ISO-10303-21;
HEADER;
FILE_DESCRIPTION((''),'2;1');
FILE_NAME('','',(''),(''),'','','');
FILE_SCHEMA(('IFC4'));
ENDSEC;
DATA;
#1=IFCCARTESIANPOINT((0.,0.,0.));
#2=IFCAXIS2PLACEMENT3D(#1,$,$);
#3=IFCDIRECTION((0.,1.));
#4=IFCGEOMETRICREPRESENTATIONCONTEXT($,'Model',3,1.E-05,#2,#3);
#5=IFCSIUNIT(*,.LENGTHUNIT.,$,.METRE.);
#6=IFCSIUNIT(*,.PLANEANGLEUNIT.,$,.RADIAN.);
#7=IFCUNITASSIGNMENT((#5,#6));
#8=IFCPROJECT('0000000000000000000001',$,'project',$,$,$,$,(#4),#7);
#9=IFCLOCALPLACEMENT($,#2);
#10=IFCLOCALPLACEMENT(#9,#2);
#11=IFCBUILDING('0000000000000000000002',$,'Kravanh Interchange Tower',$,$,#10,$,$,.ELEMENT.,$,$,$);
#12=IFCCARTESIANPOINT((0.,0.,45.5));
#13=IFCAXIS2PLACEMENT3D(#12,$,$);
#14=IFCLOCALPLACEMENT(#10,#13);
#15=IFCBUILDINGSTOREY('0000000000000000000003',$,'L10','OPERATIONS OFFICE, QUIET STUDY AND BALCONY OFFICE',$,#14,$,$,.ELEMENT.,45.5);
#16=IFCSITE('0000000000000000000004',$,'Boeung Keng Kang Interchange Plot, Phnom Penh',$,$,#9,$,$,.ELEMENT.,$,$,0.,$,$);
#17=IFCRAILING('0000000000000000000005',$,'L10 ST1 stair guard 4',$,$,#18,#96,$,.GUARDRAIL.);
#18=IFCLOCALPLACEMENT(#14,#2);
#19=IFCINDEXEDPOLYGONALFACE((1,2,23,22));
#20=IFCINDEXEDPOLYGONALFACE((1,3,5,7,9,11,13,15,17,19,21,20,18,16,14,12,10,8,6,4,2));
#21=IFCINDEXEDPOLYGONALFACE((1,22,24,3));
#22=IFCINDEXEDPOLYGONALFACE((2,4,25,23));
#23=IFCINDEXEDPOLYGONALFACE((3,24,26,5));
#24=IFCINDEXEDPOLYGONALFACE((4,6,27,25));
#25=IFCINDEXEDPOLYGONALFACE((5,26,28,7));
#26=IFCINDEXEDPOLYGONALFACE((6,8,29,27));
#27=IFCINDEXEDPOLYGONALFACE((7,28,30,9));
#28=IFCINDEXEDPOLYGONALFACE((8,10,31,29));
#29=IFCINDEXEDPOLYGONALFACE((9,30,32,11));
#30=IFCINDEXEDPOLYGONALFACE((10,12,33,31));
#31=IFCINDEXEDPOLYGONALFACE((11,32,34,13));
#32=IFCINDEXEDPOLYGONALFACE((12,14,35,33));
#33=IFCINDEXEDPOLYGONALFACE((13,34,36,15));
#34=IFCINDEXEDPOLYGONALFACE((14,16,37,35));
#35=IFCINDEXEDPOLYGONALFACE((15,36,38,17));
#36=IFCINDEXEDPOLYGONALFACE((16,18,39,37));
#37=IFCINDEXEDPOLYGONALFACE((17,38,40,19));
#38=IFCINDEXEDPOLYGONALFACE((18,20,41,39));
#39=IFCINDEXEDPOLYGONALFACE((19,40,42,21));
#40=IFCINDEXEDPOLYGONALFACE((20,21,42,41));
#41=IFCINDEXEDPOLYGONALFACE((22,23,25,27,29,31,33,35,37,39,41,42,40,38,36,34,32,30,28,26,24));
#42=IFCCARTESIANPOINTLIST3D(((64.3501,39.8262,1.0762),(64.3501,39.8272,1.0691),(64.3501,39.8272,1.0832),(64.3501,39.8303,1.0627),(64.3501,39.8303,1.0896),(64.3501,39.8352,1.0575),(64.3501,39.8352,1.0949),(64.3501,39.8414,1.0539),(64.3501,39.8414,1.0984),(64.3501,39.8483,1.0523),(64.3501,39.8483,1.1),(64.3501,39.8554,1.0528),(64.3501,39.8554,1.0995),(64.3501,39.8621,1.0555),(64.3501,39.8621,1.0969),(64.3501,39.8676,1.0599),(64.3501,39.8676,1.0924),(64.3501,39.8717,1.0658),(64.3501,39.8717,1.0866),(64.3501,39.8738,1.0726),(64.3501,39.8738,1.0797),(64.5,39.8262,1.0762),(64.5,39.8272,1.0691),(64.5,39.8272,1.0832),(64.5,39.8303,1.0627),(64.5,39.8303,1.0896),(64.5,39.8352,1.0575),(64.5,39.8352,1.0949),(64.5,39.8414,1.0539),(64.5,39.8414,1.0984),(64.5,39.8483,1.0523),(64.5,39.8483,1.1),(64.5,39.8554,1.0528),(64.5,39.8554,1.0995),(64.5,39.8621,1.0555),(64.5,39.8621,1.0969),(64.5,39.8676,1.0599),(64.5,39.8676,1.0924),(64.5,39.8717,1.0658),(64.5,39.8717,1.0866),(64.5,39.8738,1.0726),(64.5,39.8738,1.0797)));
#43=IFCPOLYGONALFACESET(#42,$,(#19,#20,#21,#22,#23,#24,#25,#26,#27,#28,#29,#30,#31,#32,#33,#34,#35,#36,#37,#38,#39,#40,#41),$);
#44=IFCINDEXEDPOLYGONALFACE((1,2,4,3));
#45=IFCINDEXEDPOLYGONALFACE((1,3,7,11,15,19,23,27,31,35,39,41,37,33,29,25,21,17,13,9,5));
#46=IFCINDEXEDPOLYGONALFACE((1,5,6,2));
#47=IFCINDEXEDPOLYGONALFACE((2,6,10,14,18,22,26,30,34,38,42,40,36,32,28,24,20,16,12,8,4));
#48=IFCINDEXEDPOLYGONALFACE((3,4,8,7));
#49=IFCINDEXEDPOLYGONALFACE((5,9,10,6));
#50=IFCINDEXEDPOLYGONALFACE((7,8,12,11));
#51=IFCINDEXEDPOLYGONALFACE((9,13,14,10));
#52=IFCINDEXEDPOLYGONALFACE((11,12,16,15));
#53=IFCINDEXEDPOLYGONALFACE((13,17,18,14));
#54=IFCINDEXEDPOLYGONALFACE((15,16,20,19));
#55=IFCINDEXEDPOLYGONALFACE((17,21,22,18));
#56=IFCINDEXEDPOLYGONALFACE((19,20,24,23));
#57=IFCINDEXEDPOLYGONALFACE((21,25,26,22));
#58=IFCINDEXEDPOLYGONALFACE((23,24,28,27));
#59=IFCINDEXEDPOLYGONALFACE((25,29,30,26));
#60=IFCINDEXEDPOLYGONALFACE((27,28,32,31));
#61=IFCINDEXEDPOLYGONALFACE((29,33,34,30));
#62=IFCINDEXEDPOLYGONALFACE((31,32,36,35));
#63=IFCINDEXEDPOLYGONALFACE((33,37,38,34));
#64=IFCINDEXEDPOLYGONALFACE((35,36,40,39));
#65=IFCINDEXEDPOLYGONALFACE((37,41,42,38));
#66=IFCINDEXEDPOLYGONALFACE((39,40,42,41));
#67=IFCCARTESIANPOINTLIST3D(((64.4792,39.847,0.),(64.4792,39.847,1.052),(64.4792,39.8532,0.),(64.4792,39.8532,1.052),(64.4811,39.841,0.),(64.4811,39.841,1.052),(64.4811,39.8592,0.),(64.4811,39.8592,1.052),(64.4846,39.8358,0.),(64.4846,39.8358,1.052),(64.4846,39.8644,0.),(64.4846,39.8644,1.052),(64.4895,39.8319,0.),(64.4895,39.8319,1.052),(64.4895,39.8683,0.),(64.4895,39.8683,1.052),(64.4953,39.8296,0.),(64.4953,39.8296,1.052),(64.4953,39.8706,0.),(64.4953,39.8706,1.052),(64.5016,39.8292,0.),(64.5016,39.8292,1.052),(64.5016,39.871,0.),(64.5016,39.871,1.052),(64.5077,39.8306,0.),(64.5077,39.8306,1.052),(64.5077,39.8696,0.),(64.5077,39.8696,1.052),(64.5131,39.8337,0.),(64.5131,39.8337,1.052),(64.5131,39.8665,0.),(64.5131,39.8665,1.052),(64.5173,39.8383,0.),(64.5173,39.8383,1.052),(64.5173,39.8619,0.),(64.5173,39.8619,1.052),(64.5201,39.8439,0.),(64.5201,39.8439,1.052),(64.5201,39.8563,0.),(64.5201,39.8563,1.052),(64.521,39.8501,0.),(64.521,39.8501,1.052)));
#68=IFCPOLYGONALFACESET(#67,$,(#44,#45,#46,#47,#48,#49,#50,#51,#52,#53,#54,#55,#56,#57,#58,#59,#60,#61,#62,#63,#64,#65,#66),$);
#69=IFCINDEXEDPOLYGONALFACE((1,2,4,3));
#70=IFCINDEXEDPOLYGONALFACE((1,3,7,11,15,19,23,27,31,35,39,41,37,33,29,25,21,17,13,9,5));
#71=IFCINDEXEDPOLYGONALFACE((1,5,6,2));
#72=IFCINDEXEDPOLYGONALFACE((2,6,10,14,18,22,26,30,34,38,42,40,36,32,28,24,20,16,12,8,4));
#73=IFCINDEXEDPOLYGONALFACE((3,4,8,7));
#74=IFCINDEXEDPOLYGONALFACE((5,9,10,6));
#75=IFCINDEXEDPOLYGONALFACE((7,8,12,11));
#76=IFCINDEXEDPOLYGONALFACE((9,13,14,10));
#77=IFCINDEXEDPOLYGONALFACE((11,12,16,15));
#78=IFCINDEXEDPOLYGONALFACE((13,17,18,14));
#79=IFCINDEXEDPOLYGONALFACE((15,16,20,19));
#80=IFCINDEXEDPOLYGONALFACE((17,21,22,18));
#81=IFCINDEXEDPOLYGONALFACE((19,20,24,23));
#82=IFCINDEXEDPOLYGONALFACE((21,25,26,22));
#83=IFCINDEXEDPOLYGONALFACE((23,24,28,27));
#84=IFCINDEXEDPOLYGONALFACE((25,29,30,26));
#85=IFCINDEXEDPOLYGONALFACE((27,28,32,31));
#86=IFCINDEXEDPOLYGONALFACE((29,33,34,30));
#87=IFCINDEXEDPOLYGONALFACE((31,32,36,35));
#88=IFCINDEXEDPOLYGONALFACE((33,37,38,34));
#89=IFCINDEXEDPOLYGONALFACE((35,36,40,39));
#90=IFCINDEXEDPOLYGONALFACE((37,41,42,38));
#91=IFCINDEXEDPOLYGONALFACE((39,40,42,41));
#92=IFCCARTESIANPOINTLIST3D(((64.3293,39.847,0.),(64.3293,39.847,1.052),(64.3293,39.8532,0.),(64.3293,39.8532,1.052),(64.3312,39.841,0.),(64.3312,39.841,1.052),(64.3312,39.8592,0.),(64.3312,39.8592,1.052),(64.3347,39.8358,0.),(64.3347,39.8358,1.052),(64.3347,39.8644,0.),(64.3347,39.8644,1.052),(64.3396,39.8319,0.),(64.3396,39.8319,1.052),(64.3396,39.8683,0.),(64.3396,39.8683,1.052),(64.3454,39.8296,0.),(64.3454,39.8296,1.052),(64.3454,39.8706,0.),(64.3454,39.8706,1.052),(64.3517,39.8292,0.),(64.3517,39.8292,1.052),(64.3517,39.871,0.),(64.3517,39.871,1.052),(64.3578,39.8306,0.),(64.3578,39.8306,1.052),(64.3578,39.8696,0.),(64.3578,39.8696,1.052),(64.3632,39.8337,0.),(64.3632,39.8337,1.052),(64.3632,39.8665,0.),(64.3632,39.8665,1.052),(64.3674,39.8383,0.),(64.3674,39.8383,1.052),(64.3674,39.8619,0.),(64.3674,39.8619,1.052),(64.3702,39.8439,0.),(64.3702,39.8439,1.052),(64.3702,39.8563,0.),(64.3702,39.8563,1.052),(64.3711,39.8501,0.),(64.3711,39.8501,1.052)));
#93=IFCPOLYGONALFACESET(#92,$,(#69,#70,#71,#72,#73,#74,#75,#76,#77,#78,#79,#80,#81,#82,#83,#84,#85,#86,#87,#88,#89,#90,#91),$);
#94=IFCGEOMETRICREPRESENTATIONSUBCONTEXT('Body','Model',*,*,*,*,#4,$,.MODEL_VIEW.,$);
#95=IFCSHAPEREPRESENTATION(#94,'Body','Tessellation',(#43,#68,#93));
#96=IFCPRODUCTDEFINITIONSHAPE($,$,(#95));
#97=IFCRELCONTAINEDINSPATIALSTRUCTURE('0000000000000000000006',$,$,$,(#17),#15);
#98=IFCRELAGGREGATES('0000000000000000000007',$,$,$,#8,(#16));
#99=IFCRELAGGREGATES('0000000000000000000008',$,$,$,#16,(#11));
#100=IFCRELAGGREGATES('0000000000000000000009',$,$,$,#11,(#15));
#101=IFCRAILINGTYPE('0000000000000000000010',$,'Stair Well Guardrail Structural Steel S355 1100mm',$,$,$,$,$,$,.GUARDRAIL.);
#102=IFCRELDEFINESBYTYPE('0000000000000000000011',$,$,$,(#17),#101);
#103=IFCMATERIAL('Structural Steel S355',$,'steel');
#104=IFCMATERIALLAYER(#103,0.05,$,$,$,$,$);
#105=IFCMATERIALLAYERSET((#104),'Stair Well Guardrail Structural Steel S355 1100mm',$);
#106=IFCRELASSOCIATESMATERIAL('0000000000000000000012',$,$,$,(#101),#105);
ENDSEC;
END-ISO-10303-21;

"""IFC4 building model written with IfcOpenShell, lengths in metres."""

from ifc_helpers import new_model, si_unit, direction, frame, origin, origin_2d, place, context, subcontext, project, spatial, circle, extrude, material, layer, layer_set, type_object, element, save


model = new_model("IFC4")

# Units and contexts
model_context = context("Model", 3, precision=1e-05, world=origin(), true_north=direction((0.0, 1.0)))
body_context = subcontext(model_context, "Body", "Model", "MODEL_VIEW")
ifc_project = project(units=[si_unit("LENGTHUNIT", "METRE"), si_unit("PLANEANGLEUNIT", "RADIAN")], contexts=[model_context])

# Site, building, storey
site_placement = place(None, origin())
site = spatial("IfcSite", under=ifc_project, at=site_placement, Name="Boeung Keng Kang Interchange Plot, Phnom Penh", CompositionType="ELEMENT", RefElevation=0.0)
building_placement = place(site_placement, origin())
building = spatial("IfcBuilding", under=site, at=building_placement, Name="Kravanh Interchange Tower", CompositionType="ELEMENT")
storey_placement = place(building_placement, frame((0.0, 0.0, 45.5)))
storey = spatial("IfcBuildingStorey", under=building, at=storey_placement, Name="L10", Description="OPERATIONS OFFICE, QUIET STUDY AND BALCONY OFFICE", CompositionType="ELEMENT", Elevation=45.5)

# Railing
ifc_material_1 = material(Name="Structural Steel S355", Category="steel")
ifc_layer_1 = layer(ifc_material_1, 0.05)
ifc_layer_set_1 = layer_set([ifc_layer_1], Name="Stair Well Guardrail Structural Steel S355 1100mm")
railing_type_1 = type_object("IfcRailingType", Name="Stair Well Guardrail Structural Steel S355 1100mm", PredefinedType="GUARDRAIL", material=ifc_layer_set_1)
railing_1_placement = place(storey_placement, frame((64.5, 39.8501, 0.0)))
element("IfcRailing", 1, at=railing_1_placement, inside=storey, type_object=railing_type_1, Name="L10 ST1 stair guard 4", PredefinedType="GUARDRAIL", context=body_context, shape_type="SweptSolid", body=[
    extrude(circle(Radius=0.0239, at=origin_2d()), frame((0.0, 0.0, 1.0762), z_axis=(-1.0, 0.0, 0.0), x_axis=(0.0, -1.0, 0.0)), (0.0, 0.0, 1.0), 0.1499),
    extrude(circle(Radius=0.021, at=origin_2d()), origin(), (0.0, 0.0, 1.0), 1.052),
    extrude(circle(Radius=0.021, at=origin_2d()), frame((-0.1499, 0.0, 0.0)), (0.0, 0.0, 1.0), 1.052),
])

save(model, "model.ifc")
